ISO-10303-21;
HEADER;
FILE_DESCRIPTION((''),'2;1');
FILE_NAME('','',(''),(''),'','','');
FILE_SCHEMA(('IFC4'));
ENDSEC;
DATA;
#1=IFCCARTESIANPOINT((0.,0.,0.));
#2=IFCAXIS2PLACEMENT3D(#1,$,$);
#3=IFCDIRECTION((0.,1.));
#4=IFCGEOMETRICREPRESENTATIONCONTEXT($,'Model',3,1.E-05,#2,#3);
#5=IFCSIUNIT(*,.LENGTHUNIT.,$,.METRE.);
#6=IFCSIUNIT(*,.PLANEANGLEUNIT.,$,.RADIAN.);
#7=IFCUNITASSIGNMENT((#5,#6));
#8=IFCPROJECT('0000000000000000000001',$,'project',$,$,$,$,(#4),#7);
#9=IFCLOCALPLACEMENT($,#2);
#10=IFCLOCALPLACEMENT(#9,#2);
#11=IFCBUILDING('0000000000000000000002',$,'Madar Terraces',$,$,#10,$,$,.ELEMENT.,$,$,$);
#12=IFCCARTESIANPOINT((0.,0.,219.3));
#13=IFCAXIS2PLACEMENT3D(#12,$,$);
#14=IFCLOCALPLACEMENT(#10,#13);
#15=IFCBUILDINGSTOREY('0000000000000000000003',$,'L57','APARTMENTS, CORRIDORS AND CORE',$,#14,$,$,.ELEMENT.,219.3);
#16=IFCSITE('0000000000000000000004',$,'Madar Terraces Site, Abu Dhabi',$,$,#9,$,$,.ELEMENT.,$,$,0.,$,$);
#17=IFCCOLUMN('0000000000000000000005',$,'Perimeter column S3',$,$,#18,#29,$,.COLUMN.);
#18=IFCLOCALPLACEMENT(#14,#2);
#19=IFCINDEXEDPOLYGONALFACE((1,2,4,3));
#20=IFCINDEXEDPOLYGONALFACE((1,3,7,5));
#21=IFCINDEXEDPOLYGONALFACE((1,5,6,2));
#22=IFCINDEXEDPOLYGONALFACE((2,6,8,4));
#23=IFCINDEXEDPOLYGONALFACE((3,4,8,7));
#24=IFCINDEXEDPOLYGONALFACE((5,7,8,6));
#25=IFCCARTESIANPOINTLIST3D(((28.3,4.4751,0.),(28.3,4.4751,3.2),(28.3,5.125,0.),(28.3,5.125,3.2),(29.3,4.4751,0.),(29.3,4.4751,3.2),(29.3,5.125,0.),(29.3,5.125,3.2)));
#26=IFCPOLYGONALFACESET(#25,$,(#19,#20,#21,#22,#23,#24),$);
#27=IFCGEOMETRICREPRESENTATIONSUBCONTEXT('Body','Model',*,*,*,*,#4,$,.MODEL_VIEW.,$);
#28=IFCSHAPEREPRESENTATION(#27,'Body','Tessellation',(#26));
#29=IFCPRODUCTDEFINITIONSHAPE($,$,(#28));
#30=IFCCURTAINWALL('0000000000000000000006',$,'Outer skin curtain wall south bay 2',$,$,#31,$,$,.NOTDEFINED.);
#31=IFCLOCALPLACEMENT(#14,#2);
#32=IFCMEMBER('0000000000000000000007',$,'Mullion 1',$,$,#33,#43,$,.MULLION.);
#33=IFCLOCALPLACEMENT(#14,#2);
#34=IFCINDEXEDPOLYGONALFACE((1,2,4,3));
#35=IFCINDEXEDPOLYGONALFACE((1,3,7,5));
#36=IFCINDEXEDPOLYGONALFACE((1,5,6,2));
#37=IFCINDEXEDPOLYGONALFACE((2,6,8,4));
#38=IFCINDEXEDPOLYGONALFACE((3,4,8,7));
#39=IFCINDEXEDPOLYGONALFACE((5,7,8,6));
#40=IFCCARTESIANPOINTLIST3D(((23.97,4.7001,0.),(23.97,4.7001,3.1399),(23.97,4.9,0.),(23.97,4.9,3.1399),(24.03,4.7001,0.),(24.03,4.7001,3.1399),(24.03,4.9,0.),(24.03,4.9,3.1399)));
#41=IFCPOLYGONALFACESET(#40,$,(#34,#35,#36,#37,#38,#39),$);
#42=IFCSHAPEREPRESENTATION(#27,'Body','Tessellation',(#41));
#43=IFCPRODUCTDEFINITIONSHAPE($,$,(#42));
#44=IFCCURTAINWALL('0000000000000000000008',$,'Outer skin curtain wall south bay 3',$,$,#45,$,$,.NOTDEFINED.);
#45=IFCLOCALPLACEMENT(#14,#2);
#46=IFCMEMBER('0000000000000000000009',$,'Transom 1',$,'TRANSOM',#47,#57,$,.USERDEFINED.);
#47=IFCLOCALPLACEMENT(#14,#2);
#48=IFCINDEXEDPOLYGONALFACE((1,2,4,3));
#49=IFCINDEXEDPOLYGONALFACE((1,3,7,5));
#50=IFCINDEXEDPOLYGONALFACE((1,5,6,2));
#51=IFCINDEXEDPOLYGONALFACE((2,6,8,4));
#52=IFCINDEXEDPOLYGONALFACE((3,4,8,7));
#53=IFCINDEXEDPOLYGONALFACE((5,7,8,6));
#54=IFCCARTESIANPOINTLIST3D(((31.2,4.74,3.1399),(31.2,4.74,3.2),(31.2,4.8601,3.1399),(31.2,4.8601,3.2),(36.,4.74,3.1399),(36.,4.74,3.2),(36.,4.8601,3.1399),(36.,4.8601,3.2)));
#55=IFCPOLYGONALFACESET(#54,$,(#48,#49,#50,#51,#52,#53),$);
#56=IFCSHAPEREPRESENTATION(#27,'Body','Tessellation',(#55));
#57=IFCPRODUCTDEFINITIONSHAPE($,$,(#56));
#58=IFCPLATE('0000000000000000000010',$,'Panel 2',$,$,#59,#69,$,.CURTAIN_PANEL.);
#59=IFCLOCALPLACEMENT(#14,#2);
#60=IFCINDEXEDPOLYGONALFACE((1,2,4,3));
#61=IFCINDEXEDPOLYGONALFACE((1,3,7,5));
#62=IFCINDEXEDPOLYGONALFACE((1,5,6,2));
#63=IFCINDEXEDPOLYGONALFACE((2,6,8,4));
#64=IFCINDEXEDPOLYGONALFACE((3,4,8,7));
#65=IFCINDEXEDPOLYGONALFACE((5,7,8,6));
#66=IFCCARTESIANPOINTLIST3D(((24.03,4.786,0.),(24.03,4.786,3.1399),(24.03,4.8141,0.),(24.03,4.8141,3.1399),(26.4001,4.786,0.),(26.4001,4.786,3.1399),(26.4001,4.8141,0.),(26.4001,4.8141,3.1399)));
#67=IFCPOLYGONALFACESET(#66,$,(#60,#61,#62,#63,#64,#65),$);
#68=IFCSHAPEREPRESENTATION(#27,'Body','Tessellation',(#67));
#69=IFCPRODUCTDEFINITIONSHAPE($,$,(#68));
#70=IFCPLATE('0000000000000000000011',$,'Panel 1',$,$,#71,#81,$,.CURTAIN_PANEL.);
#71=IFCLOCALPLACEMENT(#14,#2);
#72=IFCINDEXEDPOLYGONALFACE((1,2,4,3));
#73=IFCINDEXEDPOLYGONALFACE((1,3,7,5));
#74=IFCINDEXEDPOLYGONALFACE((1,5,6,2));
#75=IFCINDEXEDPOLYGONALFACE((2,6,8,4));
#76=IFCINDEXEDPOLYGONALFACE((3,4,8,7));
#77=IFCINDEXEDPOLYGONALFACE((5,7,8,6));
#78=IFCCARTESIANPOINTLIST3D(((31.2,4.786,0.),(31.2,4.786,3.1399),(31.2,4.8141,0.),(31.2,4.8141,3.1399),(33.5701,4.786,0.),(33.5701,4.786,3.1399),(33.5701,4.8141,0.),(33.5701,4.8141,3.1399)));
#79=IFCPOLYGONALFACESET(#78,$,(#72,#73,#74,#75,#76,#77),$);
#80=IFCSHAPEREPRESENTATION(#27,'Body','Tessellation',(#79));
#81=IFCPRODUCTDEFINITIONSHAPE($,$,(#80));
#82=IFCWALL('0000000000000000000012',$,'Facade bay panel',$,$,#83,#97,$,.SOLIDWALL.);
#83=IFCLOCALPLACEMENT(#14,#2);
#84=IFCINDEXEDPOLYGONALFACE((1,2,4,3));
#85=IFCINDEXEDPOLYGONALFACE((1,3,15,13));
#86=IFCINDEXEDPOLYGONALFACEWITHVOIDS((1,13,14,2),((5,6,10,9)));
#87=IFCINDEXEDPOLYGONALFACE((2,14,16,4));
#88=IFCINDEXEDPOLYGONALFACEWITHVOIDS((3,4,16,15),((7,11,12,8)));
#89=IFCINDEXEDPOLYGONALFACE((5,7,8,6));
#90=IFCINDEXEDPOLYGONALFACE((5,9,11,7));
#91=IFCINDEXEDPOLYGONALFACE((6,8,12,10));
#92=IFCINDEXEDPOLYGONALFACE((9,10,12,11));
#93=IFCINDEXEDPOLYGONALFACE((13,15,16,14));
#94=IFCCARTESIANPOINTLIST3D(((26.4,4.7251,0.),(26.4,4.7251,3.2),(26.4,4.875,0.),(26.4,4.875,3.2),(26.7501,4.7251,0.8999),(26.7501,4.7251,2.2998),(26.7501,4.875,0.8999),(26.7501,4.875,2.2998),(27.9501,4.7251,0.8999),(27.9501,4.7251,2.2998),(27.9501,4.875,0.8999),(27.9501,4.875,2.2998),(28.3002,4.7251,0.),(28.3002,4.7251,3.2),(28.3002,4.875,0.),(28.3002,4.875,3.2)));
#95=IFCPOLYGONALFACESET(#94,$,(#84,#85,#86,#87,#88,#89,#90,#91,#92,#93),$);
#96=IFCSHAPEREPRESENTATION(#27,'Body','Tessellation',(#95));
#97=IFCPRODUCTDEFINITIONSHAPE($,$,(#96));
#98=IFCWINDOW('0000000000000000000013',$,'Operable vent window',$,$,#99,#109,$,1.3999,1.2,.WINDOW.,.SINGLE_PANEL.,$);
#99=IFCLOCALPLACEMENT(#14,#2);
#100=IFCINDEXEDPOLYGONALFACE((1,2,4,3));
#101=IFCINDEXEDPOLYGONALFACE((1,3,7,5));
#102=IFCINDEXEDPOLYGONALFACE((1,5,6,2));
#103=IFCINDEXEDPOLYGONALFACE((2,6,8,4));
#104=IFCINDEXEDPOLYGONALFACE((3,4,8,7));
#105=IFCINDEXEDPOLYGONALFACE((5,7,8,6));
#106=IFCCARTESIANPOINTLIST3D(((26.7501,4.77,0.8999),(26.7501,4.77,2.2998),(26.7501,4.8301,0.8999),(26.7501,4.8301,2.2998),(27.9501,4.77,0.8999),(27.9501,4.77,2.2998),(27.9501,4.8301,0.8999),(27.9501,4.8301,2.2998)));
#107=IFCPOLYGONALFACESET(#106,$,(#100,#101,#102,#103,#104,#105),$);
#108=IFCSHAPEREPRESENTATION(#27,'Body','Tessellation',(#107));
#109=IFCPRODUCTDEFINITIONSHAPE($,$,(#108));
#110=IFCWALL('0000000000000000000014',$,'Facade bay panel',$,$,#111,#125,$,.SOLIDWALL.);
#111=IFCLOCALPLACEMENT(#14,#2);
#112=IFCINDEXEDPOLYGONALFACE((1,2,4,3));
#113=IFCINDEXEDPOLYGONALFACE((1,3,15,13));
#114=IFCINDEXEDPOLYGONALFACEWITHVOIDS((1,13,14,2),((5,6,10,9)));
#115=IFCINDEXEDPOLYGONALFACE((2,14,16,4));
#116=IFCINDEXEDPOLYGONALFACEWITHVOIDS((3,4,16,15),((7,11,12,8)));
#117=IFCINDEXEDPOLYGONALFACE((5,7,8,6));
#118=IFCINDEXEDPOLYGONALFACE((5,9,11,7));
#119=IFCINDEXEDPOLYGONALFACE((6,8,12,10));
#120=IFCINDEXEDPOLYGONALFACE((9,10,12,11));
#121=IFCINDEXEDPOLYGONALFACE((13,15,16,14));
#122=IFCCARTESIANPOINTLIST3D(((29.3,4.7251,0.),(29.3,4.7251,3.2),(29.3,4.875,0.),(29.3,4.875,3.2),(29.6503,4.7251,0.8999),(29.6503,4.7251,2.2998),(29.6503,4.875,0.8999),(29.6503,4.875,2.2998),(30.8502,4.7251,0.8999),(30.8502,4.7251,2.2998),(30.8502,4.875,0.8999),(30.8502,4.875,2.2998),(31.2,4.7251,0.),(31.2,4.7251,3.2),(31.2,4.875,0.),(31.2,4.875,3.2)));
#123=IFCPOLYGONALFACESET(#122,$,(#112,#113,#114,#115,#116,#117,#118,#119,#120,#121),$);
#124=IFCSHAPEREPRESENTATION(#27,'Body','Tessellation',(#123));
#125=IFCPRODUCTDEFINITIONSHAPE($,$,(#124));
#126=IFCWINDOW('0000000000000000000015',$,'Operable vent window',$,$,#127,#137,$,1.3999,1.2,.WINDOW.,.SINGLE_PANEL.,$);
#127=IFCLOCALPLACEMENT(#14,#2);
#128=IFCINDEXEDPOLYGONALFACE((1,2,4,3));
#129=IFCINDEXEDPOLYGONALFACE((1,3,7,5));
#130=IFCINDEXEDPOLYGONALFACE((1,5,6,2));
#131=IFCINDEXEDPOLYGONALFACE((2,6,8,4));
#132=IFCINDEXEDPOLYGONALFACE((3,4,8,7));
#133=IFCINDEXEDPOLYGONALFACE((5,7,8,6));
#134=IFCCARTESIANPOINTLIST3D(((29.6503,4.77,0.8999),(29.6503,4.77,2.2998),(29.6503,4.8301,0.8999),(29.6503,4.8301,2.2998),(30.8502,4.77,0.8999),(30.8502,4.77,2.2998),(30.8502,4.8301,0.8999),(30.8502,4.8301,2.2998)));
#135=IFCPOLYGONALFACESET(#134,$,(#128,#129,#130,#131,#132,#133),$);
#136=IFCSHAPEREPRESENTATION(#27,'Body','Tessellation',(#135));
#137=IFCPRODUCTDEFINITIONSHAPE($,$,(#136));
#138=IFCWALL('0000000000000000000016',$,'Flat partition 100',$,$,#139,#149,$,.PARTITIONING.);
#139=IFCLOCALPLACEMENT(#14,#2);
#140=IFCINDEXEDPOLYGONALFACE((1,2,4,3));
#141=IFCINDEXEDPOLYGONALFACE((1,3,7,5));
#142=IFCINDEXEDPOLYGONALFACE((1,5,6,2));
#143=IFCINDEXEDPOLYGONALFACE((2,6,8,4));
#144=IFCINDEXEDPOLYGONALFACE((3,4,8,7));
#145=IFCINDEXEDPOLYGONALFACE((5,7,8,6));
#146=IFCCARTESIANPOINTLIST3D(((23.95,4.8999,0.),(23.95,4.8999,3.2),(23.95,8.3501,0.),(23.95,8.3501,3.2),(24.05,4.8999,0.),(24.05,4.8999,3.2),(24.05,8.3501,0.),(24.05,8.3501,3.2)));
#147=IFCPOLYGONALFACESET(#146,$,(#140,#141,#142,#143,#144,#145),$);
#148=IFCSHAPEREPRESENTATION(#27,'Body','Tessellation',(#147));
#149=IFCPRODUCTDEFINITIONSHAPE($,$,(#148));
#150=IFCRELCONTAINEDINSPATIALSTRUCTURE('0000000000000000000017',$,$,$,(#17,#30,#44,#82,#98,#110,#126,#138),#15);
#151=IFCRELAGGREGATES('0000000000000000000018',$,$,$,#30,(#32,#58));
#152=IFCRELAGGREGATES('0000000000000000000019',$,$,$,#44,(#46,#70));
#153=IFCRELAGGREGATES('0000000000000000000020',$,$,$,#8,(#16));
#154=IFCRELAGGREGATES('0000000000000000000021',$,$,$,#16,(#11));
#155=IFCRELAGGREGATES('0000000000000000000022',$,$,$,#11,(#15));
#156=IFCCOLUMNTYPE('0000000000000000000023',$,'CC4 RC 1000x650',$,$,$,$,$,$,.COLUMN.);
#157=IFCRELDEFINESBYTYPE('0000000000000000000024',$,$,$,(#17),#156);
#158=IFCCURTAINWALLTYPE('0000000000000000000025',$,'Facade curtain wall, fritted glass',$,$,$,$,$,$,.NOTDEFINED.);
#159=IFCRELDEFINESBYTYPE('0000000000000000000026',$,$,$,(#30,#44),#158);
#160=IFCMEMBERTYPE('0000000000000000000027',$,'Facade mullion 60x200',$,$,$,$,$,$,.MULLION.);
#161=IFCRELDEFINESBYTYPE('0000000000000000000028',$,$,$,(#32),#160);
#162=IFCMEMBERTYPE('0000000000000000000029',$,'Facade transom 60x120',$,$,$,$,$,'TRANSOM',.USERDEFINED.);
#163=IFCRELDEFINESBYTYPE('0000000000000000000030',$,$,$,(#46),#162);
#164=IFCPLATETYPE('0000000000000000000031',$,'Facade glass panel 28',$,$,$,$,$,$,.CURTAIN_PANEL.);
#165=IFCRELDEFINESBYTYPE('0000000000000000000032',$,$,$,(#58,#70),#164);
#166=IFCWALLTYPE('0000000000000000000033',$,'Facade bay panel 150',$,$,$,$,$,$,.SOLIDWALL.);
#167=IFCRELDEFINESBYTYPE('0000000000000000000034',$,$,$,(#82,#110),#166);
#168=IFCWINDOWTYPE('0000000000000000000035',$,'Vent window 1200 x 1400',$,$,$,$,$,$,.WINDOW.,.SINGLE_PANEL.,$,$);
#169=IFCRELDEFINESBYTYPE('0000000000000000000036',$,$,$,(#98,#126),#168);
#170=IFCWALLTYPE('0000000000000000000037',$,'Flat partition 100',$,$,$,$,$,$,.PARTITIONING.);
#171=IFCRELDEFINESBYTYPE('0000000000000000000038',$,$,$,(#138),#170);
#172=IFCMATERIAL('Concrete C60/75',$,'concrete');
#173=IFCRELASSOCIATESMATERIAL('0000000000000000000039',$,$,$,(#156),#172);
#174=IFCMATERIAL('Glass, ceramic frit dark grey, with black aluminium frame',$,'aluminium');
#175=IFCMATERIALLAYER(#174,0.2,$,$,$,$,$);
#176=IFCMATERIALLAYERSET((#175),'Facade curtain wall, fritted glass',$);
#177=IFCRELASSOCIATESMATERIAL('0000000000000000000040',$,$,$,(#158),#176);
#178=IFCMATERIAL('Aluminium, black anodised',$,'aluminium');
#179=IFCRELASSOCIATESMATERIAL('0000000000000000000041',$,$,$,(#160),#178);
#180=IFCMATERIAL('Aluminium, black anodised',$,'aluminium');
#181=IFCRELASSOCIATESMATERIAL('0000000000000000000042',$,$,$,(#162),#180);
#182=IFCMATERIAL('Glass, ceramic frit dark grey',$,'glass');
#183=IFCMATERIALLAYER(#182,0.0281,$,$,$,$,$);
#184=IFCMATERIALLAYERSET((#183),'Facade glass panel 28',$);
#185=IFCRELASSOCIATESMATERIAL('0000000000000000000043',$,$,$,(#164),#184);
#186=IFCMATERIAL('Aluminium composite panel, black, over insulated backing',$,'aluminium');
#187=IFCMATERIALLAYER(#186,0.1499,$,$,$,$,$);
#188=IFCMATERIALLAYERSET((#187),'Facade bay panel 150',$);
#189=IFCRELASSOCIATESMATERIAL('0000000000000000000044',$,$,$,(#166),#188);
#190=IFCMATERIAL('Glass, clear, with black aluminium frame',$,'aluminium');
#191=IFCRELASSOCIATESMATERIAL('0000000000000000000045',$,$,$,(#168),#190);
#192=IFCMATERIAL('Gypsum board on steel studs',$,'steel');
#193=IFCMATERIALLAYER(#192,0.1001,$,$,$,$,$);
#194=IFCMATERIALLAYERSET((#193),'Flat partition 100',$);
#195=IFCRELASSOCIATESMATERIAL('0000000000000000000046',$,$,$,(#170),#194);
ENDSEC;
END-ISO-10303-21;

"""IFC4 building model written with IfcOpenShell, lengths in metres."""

from ifc_helpers import new_model, si_unit, direction, frame, frame_2d, origin, origin_2d, place, context, subcontext, project, spatial, rectangle, extrude, material, layer, layer_set, material_profile, profile_set, type_object, element, fill, aggregate, save


model = new_model("IFC4")

# Units and contexts
model_context = context("Model", 3, precision=1e-05, world=origin(), true_north=direction((0.0, 1.0)))
body_context = subcontext(model_context, "Body", "Model", "MODEL_VIEW")
ifc_project = project(units=[si_unit("LENGTHUNIT", "METRE"), si_unit("PLANEANGLEUNIT", "RADIAN")], contexts=[model_context])

# Site, building, storey
site_placement = place(None, origin())
site = spatial("IfcSite", under=ifc_project, at=site_placement, Name="Madar Terraces Site, Abu Dhabi", CompositionType="ELEMENT", RefElevation=0.0)
building_placement = place(site_placement, origin())
building = spatial("IfcBuilding", under=site, at=building_placement, Name="Madar Terraces", CompositionType="ELEMENT")
storey_placement = place(building_placement, frame((0.0, 0.0, 219.3)))
storey = spatial("IfcBuildingStorey", under=building, at=storey_placement, Name="L57", Description="APARTMENTS, CORRIDORS AND CORE", CompositionType="ELEMENT", Elevation=219.3)

# Column
ifc_material_1 = material(Name="Concrete C60/75", Category="concrete")
ifc_material_profile_1 = material_profile(ifc_material_1, rectangle(XDim=1.0, YDim=0.6499, at=origin_2d()), Name="CC4 RC 1000x650")
ifc_profile_set_1 = profile_set([ifc_material_profile_1], Name="Concrete C60/75")
column_type = type_object("IfcColumnType", Name="CC4 RC 1000x650", PredefinedType="COLUMN", material=ifc_profile_set_1)
column_placement = place(storey_placement, frame((28.8, 4.8, 0.0), z_axis=(0.0, 0.0, 1.0), x_axis=(1.0, 0.0, 0.0)))
element("IfcColumn", 1, at=column_placement, inside=storey, type_object=column_type, Name="Perimeter column S3", PredefinedType="COLUMN", context=body_context, shape_type="SweptSolid", body=[
    extrude(rectangle(XDim=1.0, YDim=0.6499, at=origin_2d()), origin(), (0.0, 0.0, 1.0), 3.2),
])

# Curtain walls, members
ifc_material_2 = material(Name="Glass, ceramic frit dark grey, with black aluminium frame", Category="aluminium")
ifc_layer_1 = layer(ifc_material_2, 0.2)
ifc_layer_set_1 = layer_set([ifc_layer_1], Name="Facade curtain wall, fritted glass")
curtain_wall_type = type_object("IfcCurtainWallType", Name="Facade curtain wall, fritted glass", PredefinedType="NOTDEFINED", material=ifc_layer_set_1)
curtain_wall_1_placement = place(storey_placement, origin())
curtain_wall_1 = element("IfcCurtainWall", 2, at=curtain_wall_1_placement, inside=storey, type_object=curtain_wall_type, Name="Outer skin curtain wall south bay 2", PredefinedType="NOTDEFINED")
ifc_material_3 = material(Name="Aluminium, black anodised", Category="aluminium")
ifc_material_profile_2 = material_profile(ifc_material_3, rectangle(XDim=0.2, YDim=0.0601, at=origin_2d()), Name="Facade mullion 60x200")
ifc_profile_set_2 = profile_set([ifc_material_profile_2], Name="Aluminium, black anodised")
member_type_1 = type_object("IfcMemberType", Name="Facade mullion 60x200", PredefinedType="MULLION", material=ifc_profile_set_2)
member_1_placement = place(storey_placement, frame((24.0, 4.8, 0.0), z_axis=(0.0, 0.0, 1.0), x_axis=(0.0, 1.0, 0.0)))
member_1 = element("IfcMember", 3, at=member_1_placement, type_object=member_type_1, Name="Mullion 1", PredefinedType="MULLION", context=body_context, shape_type="SweptSolid", body=[
    extrude(rectangle(XDim=0.2, YDim=0.0601, at=origin_2d()), origin(), (0.0, 0.0, 1.0), 3.1399),
])
curtain_wall_2_placement = place(storey_placement, origin())
curtain_wall_2 = element("IfcCurtainWall", 4, at=curtain_wall_2_placement, inside=storey, type_object=curtain_wall_type, Name="Outer skin curtain wall south bay 3", PredefinedType="NOTDEFINED")
ifc_material_4 = material(Name="Aluminium, black anodised", Category="aluminium")
ifc_material_profile_3 = material_profile(ifc_material_4, rectangle(XDim=0.1201, YDim=0.0601, at=origin_2d()), Name="Facade transom 60x120")
ifc_profile_set_3 = profile_set([ifc_material_profile_3], Name="Aluminium, black anodised")
member_type_2 = type_object("IfcMemberType", Name="Facade transom 60x120", ElementType="TRANSOM", PredefinedType="USERDEFINED", material=ifc_profile_set_3)
member_2_placement = place(storey_placement, frame((31.2, 4.8, 3.1699), z_axis=(1.0, 0.0, 0.0), x_axis=(0.0, 1.0, 0.0)))
member_2 = element("IfcMember", 5, at=member_2_placement, type_object=member_type_2, Name="Transom 1", ObjectType="TRANSOM", PredefinedType="USERDEFINED", context=body_context, shape_type="SweptSolid", body=[
    extrude(rectangle(XDim=0.1201, YDim=0.0601, at=origin_2d()), origin(), (0.0, 0.0, 1.0), 4.8),
])

# Plates
ifc_material_5 = material(Name="Glass, ceramic frit dark grey", Category="glass")
ifc_layer_2 = layer(ifc_material_5, 0.0281)
ifc_layer_set_2 = layer_set([ifc_layer_2], Name="Facade glass panel 28")
plate_type = type_object("IfcPlateType", Name="Facade glass panel 28", PredefinedType="CURTAIN_PANEL", material=ifc_layer_set_2)
plate_1_placement = place(storey_placement, frame((25.2151, 4.8, 0.0), z_axis=(0.0, 0.0, 1.0), x_axis=(1.0, 0.0, 0.0)))
plate_1 = element("IfcPlate", 6, at=plate_1_placement, type_object=plate_type, Name="Panel 2", PredefinedType="CURTAIN_PANEL", context=body_context, shape_type="SweptSolid", body=[
    extrude(rectangle(XDim=2.3701, YDim=0.0281, at=origin_2d()), origin(), (0.0, 0.0, 1.0), 3.1399),
])
aggregate(curtain_wall_1, [member_1, plate_1])
plate_2_placement = place(storey_placement, frame((32.385, 4.8, 0.0), z_axis=(0.0, 0.0, 1.0), x_axis=(1.0, 0.0, 0.0)))
plate_2 = element("IfcPlate", 7, at=plate_2_placement, type_object=plate_type, Name="Panel 1", PredefinedType="CURTAIN_PANEL", context=body_context, shape_type="SweptSolid", body=[
    extrude(rectangle(XDim=2.3701, YDim=0.0281, at=origin_2d()), origin(), (0.0, 0.0, 1.0), 3.1399),
])
aggregate(curtain_wall_2, [member_2, plate_2])

# Walls, openings, windows
ifc_material_6 = material(Name="Aluminium composite panel, black, over insulated backing", Category="aluminium")
ifc_layer_3 = layer(ifc_material_6, 0.1499)
ifc_layer_set_3 = layer_set([ifc_layer_3], Name="Facade bay panel 150")
wall_type_1 = type_object("IfcWallType", Name="Facade bay panel 150", PredefinedType="SOLIDWALL", material=ifc_layer_set_3)
wall_1_placement = place(storey_placement, frame((26.3999, 4.8, 0.0), z_axis=(0.0, 0.0, 1.0), x_axis=(1.0, 0.0, 0.0)))
wall_1 = element("IfcWall", 8, at=wall_1_placement, inside=storey, type_object=wall_type_1, Name="Facade bay panel", PredefinedType="SOLIDWALL", context=body_context, shape_type="SweptSolid", body=[
    extrude(rectangle(XDim=1.9001, YDim=0.1499, at=frame_2d((0.9502, 0.0))), origin(), (0.0, 0.0, 1.0), 3.2),
])
opening_1_placement = place(wall_1_placement, frame((0.3501, 0.0, 0.8999)))
opening_1 = element("IfcOpeningElement", 9, at=opening_1_placement, cuts=wall_1, PredefinedType="OPENING", context=body_context, shape_type="SweptSolid", body=[
    extrude(rectangle(XDim=1.2, YDim=1.3999, at=frame_2d((0.6001, 0.7))), frame((0.0, 0.085, 0.0), z_axis=(0.0, -1.0, 0.0), x_axis=(1.0, 0.0, 0.0)), (0.0, 0.0, 1.0), 0.1699),
])
ifc_material_7 = material(Name="Glass, clear, with black aluminium frame", Category="aluminium")
window_type = type_object("IfcWindowType", Name="Vent window 1200 x 1400", PartitioningType="SINGLE_PANEL", PredefinedType="WINDOW", material=ifc_material_7)
window_1_placement = place(opening_1_placement, origin())
window_1 = element("IfcWindow", 10, at=window_1_placement, inside=storey, type_object=window_type, Name="Operable vent window", OverallHeight=1.3999, OverallWidth=1.2, PartitioningType="SINGLE_PANEL", PredefinedType="WINDOW", context=body_context, shape_type="SweptSolid", body=[
    extrude(rectangle(XDim=1.2, YDim=1.3999, at=frame_2d((0.6001, 0.7))), frame((0.0, 0.03, 0.0), z_axis=(0.0, -1.0, 0.0), x_axis=(1.0, 0.0, 0.0)), (0.0, 0.0, 1.0), 0.0601),
])
fill(opening_1, window_1)
wall_2_placement = place(storey_placement, frame((29.3, 4.8, 0.0), z_axis=(0.0, 0.0, 1.0), x_axis=(1.0, 0.0, 0.0)))
wall_2 = element("IfcWall", 11, at=wall_2_placement, inside=storey, type_object=wall_type_1, Name="Facade bay panel", PredefinedType="SOLIDWALL", context=body_context, shape_type="SweptSolid", body=[
    extrude(rectangle(XDim=1.8999, YDim=0.1499, at=frame_2d((0.95, 0.0))), origin(), (0.0, 0.0, 1.0), 3.2),
])
opening_2_placement = place(wall_2_placement, frame((0.3501, 0.0, 0.8999)))
opening_2 = element("IfcOpeningElement", 12, at=opening_2_placement, cuts=wall_2, PredefinedType="OPENING", context=body_context, shape_type="SweptSolid", body=[
    extrude(rectangle(XDim=1.2, YDim=1.3999, at=frame_2d((0.6001, 0.7))), frame((0.0, 0.085, 0.0), z_axis=(0.0, -1.0, 0.0), x_axis=(1.0, 0.0, 0.0)), (0.0, 0.0, 1.0), 0.1699),
])
window_2_placement = place(opening_2_placement, origin())
window_2 = element("IfcWindow", 13, at=window_2_placement, inside=storey, type_object=window_type, Name="Operable vent window", OverallHeight=1.3999, OverallWidth=1.2, PartitioningType="SINGLE_PANEL", PredefinedType="WINDOW", context=body_context, shape_type="SweptSolid", body=[
    extrude(rectangle(XDim=1.2, YDim=1.3999, at=frame_2d((0.6001, 0.7))), frame((0.0, 0.03, 0.0), z_axis=(0.0, -1.0, 0.0), x_axis=(1.0, 0.0, 0.0)), (0.0, 0.0, 1.0), 0.0601),
])
fill(opening_2, window_2)

# Wall
ifc_material_8 = material(Name="Gypsum board on steel studs", Category="steel")
ifc_layer_4 = layer(ifc_material_8, 0.1001)
ifc_layer_set_4 = layer_set([ifc_layer_4], Name="Flat partition 100")
wall_type_2 = type_object("IfcWallType", Name="Flat partition 100", PredefinedType="PARTITIONING", material=ifc_layer_set_4)
wall_3_placement = place(storey_placement, frame((24.0, 8.3501, 0.0), z_axis=(0.0, 0.0, 1.0), x_axis=(0.0, -1.0, 0.0)))
element("IfcWall", 14, at=wall_3_placement, inside=storey, type_object=wall_type_2, Name="Flat partition 100", PredefinedType="PARTITIONING", context=body_context, shape_type="SweptSolid", body=[
    extrude(rectangle(XDim=3.4502, YDim=0.1001, at=frame_2d((1.7251, 0.0))), origin(), (0.0, 0.0, 1.0), 3.2),
])

save(model, "model.ifc")
